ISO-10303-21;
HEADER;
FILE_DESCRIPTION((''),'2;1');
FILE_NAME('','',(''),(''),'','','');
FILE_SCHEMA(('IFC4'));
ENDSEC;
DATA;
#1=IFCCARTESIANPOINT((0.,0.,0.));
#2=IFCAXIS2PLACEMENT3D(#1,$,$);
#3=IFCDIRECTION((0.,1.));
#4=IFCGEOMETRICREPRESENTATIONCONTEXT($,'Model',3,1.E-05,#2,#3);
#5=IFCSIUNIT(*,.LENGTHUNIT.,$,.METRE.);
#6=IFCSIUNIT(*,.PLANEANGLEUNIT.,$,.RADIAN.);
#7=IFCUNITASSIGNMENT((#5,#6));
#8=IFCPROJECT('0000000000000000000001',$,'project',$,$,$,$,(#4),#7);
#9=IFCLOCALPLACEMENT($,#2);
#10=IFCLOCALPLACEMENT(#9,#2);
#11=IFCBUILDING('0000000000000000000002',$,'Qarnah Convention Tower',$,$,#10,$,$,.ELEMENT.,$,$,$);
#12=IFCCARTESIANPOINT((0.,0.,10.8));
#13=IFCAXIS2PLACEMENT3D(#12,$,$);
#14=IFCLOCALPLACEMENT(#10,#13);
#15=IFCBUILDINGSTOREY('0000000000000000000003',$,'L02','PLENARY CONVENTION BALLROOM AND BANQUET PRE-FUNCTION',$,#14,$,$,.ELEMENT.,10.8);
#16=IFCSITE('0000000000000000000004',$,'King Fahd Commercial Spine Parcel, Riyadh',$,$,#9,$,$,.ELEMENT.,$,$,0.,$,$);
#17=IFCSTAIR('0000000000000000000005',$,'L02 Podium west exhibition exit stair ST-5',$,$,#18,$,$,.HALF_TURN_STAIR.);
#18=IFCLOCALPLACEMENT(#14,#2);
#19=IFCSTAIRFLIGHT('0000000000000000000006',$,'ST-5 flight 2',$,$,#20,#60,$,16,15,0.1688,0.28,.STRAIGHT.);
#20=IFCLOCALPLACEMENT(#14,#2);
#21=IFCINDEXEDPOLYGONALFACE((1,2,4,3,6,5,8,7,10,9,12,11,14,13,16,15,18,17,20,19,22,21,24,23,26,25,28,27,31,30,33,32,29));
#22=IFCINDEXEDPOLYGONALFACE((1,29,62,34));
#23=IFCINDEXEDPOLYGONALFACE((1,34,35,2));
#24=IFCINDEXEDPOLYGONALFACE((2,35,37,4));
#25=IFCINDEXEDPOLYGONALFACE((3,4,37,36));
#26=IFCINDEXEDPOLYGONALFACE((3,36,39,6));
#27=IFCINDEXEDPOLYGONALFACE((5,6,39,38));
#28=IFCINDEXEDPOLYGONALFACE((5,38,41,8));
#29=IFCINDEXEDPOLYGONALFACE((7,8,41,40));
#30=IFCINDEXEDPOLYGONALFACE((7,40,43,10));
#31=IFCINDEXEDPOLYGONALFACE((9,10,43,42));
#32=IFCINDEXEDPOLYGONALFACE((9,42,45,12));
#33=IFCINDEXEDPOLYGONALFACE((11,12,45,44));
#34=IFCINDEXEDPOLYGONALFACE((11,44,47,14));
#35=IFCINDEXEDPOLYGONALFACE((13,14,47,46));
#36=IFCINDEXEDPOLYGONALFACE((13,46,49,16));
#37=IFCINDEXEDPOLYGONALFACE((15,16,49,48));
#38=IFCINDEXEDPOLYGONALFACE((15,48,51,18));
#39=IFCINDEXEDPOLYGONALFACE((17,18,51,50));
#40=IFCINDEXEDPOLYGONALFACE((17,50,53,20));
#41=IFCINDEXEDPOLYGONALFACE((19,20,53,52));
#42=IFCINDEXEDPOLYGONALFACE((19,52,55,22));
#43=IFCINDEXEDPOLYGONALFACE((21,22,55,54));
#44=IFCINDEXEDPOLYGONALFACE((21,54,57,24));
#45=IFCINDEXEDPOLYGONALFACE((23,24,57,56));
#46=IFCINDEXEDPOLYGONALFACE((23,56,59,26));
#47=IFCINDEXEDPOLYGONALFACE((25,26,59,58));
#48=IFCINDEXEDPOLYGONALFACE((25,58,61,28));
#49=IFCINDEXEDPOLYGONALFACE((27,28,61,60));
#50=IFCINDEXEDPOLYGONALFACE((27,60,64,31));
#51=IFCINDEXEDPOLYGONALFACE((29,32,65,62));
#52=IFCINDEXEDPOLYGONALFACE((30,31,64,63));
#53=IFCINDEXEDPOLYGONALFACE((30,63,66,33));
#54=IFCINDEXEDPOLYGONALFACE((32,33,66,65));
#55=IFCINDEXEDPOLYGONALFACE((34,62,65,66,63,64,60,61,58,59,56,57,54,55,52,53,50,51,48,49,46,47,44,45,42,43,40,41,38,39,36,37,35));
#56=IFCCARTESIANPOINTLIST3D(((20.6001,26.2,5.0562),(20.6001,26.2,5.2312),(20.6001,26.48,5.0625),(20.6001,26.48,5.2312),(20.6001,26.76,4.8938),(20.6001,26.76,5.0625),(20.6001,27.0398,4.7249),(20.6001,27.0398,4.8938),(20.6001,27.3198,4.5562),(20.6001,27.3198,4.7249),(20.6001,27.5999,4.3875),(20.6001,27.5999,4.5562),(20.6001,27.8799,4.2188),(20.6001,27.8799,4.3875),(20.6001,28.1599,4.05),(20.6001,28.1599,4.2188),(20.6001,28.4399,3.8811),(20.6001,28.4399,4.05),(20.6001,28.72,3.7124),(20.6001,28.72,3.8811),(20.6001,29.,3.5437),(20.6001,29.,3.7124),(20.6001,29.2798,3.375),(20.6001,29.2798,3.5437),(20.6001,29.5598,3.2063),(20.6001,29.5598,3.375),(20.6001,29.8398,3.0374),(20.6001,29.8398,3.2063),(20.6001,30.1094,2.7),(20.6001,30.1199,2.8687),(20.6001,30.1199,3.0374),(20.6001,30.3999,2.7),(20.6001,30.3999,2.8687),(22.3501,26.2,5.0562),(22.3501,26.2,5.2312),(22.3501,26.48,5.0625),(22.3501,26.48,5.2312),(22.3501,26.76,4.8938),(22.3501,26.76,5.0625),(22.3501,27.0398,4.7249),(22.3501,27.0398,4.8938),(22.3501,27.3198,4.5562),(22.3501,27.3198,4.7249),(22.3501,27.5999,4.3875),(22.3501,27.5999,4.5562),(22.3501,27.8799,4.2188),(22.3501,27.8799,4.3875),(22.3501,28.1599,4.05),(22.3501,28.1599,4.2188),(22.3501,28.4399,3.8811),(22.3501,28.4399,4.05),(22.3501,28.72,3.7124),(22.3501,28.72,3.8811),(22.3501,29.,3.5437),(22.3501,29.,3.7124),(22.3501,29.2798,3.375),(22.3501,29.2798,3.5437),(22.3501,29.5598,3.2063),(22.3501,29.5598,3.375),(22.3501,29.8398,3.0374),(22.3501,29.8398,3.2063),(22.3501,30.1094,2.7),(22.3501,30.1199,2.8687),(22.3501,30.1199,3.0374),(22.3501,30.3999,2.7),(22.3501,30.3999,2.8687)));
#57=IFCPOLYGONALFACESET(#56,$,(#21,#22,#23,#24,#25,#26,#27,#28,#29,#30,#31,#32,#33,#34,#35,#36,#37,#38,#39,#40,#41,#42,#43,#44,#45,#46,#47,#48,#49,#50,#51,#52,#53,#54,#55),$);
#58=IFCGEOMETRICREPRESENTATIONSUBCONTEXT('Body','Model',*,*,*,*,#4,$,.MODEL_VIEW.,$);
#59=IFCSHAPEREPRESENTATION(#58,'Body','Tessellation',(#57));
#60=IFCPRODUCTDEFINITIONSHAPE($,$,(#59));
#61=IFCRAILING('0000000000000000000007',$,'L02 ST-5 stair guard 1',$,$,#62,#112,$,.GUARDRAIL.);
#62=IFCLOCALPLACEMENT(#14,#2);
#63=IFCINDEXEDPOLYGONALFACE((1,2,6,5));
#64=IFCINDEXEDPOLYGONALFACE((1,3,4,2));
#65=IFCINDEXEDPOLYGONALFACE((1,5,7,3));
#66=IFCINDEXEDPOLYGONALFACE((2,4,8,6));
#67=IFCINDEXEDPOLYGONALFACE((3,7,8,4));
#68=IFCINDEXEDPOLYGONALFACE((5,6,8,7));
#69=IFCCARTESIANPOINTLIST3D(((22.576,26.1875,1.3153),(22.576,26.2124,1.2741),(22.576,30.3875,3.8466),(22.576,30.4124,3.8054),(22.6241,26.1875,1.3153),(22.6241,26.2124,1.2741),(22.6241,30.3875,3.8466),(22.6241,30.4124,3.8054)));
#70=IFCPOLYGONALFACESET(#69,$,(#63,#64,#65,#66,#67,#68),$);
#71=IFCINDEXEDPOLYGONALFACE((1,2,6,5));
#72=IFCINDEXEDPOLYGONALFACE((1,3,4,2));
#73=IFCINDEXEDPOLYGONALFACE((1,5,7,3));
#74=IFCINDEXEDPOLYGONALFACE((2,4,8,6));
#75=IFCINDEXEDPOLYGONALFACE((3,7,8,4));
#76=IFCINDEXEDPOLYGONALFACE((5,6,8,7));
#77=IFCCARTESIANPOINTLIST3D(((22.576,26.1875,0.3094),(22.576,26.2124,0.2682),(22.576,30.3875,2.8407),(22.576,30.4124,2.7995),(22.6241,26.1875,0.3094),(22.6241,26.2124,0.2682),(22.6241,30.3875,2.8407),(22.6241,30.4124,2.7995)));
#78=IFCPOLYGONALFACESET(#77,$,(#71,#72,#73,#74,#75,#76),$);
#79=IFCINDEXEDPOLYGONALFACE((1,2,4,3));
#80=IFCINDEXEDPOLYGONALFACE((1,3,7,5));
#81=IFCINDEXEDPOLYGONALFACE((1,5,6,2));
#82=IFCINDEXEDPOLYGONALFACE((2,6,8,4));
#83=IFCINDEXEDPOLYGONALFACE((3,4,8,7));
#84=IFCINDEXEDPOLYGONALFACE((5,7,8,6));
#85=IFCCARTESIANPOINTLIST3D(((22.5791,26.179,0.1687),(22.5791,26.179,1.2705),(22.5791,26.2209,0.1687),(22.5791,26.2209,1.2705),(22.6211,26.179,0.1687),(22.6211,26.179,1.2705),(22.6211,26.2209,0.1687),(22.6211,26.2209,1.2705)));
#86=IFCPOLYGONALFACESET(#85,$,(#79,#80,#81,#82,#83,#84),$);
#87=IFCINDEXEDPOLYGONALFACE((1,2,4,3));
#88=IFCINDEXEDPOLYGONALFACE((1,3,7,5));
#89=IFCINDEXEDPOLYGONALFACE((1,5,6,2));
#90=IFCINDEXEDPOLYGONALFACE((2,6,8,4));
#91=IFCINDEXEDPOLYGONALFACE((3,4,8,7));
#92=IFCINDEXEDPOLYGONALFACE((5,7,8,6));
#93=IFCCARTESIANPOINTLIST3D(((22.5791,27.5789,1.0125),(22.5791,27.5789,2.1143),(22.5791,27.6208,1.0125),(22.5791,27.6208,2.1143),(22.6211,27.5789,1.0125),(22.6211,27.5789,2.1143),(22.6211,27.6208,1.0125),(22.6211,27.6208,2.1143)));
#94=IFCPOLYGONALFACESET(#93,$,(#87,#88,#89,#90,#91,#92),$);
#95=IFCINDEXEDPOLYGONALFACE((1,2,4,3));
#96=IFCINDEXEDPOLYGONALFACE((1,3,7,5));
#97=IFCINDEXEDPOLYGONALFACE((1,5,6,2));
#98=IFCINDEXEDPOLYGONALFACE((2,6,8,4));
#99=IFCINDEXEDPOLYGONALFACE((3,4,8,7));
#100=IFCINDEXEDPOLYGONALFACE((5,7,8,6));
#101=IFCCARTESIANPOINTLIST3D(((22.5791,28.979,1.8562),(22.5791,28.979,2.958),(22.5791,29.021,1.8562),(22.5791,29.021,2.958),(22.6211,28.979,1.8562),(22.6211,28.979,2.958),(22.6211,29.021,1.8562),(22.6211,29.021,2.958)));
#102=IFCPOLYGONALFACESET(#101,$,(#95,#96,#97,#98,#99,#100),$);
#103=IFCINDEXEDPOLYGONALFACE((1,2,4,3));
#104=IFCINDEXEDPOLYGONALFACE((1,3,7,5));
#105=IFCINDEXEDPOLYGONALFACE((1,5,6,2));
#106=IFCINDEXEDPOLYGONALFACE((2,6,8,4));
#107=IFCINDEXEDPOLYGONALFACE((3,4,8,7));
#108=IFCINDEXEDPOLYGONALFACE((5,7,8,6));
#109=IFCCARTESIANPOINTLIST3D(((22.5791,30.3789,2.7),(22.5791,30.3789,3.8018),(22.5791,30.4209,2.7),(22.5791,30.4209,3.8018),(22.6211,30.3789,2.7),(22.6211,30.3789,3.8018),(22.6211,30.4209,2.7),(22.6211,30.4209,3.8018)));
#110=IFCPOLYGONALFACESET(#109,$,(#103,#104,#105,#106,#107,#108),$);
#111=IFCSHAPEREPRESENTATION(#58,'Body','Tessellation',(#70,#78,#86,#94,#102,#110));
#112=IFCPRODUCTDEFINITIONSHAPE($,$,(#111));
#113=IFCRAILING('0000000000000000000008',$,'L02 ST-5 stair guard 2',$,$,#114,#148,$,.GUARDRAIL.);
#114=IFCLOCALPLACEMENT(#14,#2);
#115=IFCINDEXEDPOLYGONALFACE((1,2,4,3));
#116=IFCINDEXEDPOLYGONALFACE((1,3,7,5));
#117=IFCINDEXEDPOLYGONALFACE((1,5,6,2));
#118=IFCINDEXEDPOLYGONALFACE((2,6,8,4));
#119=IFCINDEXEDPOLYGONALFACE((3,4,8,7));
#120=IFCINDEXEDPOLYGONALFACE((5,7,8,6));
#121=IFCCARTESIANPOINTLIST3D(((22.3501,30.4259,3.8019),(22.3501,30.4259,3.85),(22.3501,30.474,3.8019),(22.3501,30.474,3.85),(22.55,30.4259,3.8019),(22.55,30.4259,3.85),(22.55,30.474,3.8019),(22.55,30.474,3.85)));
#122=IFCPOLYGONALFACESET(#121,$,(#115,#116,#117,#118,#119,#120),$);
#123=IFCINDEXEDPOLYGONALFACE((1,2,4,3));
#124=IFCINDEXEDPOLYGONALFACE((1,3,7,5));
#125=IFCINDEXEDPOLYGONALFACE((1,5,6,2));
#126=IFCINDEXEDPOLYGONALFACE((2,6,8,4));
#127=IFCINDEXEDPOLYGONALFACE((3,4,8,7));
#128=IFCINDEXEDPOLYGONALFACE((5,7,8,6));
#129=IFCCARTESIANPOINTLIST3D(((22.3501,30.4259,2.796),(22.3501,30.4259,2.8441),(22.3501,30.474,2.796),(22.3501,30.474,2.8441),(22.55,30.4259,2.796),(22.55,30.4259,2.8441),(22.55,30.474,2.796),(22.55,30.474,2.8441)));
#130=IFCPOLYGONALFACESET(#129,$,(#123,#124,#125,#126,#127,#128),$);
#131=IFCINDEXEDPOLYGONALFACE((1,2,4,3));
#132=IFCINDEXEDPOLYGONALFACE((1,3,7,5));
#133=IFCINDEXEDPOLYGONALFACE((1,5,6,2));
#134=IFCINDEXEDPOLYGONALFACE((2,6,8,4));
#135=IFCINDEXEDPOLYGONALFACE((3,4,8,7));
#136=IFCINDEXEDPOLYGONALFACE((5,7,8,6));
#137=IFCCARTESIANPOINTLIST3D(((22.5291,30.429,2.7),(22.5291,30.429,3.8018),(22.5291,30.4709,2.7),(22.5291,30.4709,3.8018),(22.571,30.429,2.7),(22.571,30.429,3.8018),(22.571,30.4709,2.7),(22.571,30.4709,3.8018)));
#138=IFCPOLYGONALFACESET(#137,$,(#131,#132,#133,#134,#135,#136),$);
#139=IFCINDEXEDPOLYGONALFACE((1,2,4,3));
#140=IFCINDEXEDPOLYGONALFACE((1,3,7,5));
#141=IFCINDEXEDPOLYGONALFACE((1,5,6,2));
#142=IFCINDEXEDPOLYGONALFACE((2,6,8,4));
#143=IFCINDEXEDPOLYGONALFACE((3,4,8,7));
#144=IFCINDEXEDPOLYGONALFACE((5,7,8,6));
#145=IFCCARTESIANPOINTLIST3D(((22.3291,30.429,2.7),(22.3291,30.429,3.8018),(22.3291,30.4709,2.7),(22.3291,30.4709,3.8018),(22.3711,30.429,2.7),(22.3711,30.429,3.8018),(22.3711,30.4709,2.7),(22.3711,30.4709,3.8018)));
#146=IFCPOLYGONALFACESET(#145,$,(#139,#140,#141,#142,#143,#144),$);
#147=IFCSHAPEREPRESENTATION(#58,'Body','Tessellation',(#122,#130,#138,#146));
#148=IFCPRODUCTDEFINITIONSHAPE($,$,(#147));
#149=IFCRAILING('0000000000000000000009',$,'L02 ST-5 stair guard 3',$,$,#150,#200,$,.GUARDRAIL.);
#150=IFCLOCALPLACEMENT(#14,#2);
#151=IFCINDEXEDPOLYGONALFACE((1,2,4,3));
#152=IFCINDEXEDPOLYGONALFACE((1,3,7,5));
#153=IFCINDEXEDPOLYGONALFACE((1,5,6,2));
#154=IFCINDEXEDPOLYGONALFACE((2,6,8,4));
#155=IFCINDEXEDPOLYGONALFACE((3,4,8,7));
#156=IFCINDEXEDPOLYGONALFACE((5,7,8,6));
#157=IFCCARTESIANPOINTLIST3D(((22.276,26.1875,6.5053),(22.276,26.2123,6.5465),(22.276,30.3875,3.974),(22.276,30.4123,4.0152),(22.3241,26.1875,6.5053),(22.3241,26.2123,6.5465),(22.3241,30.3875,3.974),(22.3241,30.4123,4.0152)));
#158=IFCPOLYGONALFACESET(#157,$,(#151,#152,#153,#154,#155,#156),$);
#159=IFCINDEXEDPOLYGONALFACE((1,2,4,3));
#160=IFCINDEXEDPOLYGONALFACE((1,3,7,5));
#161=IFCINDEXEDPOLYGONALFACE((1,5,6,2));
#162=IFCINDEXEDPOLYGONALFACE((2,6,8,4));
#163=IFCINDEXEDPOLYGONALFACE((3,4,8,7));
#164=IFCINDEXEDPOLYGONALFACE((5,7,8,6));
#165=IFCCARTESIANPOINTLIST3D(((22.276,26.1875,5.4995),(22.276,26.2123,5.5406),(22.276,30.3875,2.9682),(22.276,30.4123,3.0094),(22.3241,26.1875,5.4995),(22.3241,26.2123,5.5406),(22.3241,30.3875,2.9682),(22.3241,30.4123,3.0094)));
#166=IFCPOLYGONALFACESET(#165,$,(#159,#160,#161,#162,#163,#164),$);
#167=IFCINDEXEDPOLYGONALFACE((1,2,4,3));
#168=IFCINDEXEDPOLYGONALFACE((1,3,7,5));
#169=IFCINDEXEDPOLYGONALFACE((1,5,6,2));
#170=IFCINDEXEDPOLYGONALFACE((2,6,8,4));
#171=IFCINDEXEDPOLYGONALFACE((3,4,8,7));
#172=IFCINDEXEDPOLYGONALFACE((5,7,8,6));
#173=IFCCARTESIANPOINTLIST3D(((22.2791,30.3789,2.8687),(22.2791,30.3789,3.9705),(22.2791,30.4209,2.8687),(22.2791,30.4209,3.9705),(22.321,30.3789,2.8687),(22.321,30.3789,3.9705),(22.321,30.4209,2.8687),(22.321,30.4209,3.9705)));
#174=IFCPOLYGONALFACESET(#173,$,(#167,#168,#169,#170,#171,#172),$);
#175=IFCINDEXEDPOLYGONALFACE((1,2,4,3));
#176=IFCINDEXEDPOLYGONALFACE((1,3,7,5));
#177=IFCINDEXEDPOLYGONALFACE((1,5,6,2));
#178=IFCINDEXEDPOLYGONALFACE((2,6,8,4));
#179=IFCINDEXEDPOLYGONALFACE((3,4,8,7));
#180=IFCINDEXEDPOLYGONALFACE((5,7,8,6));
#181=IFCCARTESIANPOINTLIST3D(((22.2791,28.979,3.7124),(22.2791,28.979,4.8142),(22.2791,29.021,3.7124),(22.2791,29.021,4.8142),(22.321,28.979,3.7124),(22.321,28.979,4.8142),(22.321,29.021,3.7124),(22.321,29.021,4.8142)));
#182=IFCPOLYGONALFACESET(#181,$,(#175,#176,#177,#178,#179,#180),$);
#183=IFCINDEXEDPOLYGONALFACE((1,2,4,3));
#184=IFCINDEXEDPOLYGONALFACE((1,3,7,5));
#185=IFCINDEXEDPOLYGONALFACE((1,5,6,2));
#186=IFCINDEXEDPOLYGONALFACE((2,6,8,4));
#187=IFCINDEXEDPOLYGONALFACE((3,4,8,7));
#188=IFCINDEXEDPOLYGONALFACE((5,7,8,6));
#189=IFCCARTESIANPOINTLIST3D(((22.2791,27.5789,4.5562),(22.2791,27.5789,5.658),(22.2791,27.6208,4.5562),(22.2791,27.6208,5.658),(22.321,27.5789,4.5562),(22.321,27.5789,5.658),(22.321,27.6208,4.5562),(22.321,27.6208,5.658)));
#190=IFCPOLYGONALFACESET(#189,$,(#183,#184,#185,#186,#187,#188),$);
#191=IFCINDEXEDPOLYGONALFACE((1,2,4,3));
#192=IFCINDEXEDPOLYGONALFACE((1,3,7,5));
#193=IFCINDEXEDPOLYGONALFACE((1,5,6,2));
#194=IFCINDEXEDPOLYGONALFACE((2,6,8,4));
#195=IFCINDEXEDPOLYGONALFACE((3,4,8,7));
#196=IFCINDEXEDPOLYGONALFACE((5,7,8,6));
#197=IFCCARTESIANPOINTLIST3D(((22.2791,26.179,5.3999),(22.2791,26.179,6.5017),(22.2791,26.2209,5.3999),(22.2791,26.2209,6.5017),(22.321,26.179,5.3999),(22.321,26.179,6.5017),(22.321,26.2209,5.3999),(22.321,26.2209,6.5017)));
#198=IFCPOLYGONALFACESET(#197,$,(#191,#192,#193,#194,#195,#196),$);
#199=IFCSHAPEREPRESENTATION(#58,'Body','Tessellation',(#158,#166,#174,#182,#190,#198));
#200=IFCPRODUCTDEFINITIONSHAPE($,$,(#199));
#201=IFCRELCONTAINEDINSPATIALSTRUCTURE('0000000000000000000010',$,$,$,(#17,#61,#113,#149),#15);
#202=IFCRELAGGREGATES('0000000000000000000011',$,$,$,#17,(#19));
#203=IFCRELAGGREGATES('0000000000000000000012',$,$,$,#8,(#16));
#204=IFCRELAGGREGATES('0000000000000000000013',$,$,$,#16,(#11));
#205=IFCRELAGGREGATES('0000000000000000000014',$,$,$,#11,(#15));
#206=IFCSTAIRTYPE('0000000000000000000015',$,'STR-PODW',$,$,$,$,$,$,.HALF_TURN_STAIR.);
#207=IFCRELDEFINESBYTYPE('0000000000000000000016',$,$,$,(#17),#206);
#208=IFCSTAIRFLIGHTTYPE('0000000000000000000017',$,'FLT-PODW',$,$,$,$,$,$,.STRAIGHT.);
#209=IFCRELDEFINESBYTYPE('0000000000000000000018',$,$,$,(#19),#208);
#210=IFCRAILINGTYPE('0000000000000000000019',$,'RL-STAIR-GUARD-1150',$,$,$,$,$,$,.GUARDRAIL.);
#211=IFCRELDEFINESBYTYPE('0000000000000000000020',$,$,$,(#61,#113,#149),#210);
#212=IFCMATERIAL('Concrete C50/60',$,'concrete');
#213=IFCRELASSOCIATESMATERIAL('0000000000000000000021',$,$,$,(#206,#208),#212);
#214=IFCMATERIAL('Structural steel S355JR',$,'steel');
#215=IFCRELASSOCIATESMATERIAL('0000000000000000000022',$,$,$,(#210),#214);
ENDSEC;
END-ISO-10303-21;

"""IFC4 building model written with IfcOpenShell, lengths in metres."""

from ifc_helpers import new_model, si_unit, direction, frame, origin, origin_2d, place, context, subcontext, project, spatial, polyline, rectangle, outline, extrude, material, type_object, element, aggregate, save


model = new_model("IFC4")

# Units and contexts
model_context = context("Model", 3, precision=1e-05, world=origin(), true_north=direction((0.0, 1.0)))
body_context = subcontext(model_context, "Body", "Model", "MODEL_VIEW")
ifc_project = project(units=[si_unit("LENGTHUNIT", "METRE"), si_unit("PLANEANGLEUNIT", "RADIAN")], contexts=[model_context])

# Site, building, storey
site_placement = place(None, origin())
site = spatial("IfcSite", under=ifc_project, at=site_placement, Name="King Fahd Commercial Spine Parcel, Riyadh", CompositionType="ELEMENT", RefElevation=0.0)
building_placement = place(site_placement, origin())
building = spatial("IfcBuilding", under=site, at=building_placement, Name="Qarnah Convention Tower", CompositionType="ELEMENT")
storey_placement = place(building_placement, frame((0.0, 0.0, 10.8)))
storey = spatial("IfcBuildingStorey", under=building, at=storey_placement, Name="L02", Description="PLENARY CONVENTION BALLROOM AND BANQUET PRE-FUNCTION", CompositionType="ELEMENT", Elevation=10.8)

# Shared definitions
ifc_material_1 = material(Name="Structural steel S355JR", Category="steel")

# Stair, stair flight
ifc_material_2 = material(Name="Concrete C50/60", Category="concrete")
stair_type = type_object("IfcStairType", Name="STR-PODW", PredefinedType="HALF_TURN_STAIR", material=ifc_material_2)
stair_placement = place(storey_placement, origin())
stair = element("IfcStair", 1, at=stair_placement, inside=storey, type_object=stair_type, Name="L02 Podium west exhibition exit stair ST-5", PredefinedType="HALF_TURN_STAIR")
stair_flight_type = type_object("IfcStairFlightType", Name="FLT-PODW", PredefinedType="STRAIGHT", material=ifc_material_2)
stair_flight_1_placement = place(storey_placement, frame((21.4751, 30.3999, 2.7), z_axis=(0.0, 0.0, 1.0), x_axis=(0.0, -1.0, 0.0)))
stair_flight_1 = element("IfcStairFlight", 2, at=stair_flight_1_placement, type_object=stair_flight_type, Name="ST-5 flight 2", NumberOfRisers=16, NumberOfTreads=15, PredefinedType="STRAIGHT", RiserHeight=0.1688, TreadLength=0.28, context=body_context, shape_type="SweptSolid", body=[
    extrude(outline(polyline([(0.0, 0.0), (0.0, 0.1687), (0.28, 0.1687), (0.28, 0.3374), (0.5601, 0.3374), (0.5601, 0.5063), (0.8401, 0.5063), (0.8401, 0.675), (1.1201, 0.675), (1.1201, 0.8438), (1.3999, 0.8438), (1.3999, 1.0125), (1.6799, 1.0125), (1.6799, 1.1812), (1.96, 1.1812), (1.96, 1.3501), (2.24, 1.3501), (2.24, 1.5188), (2.52, 1.5188), (2.52, 1.6875), (2.8, 1.6875), (2.8, 1.8562), (3.0801, 1.8562), (3.0801, 2.0249), (3.3601, 2.0249), (3.3601, 2.1938), (3.6399, 2.1938), (3.6399, 2.3625), (3.9199, 2.3625), (3.9199, 2.5312), (4.2, 2.5312), (4.2, 2.7), (4.2, 2.3562), (0.2905, 0.0), (0.0, 0.0)])), frame((0.0, 0.875, 0.0), z_axis=(0.0, -1.0, 0.0), x_axis=(1.0, 0.0, 0.0)), (0.0, 0.0, 1.0), 1.75),
])
aggregate(stair, [stair_flight_1])

# Railings
railing_type_1 = type_object("IfcRailingType", Name="RL-STAIR-GUARD-1150", PredefinedType="GUARDRAIL", material=ifc_material_1)
railing_1_placement = place(storey_placement, frame((22.6001, 26.2, 0.1687)))
element("IfcRailing", 3, at=railing_1_placement, inside=storey, type_object=railing_type_1, Name="L02 ST-5 stair guard 1", PredefinedType="GUARDRAIL", context=body_context, shape_type="SweptSolid", body=[
    extrude(rectangle(XDim=0.0481, YDim=0.0481, at=origin_2d()), frame((0.0, 0.0, 1.126), z_axis=(0.0, 0.856476, 0.516186), x_axis=(-1.0, 0.0, 0.0)), (0.0, 0.0, 1.0), 4.9038),
    extrude(rectangle(XDim=0.0481, YDim=0.0481, at=origin_2d()), frame((0.0, 0.0, 0.1201), z_axis=(0.0, 0.856476, 0.516186), x_axis=(-1.0, 0.0, 0.0)), (0.0, 0.0, 1.0), 4.9038),
    extrude(rectangle(XDim=0.042, YDim=0.042, at=origin_2d()), origin(), (0.0, 0.0, 1.0), 1.1018),
    extrude(rectangle(XDim=0.042, YDim=0.042, at=origin_2d()), frame((0.0, 1.3999, 0.8438)), (0.0, 0.0, 1.0), 1.1018),
    extrude(rectangle(XDim=0.042, YDim=0.042, at=origin_2d()), frame((0.0, 2.8, 1.6875)), (0.0, 0.0, 1.0), 1.1018),
    extrude(rectangle(XDim=0.042, YDim=0.042, at=origin_2d()), frame((0.0, 4.2, 2.5312)), (0.0, 0.0, 1.0), 1.1018),
])
railing_2_placement = place(storey_placement, frame((22.55, 30.45, 2.7)))
element("IfcRailing", 4, at=railing_2_placement, inside=storey, type_object=railing_type_1, Name="L02 ST-5 stair guard 2", PredefinedType="GUARDRAIL", context=body_context, shape_type="SweptSolid", body=[
    extrude(rectangle(XDim=0.0481, YDim=0.0481, at=origin_2d()), frame((0.0, 0.0, 1.126), z_axis=(-1.0, 0.0, 0.0), x_axis=(0.0, -1.0, 0.0)), (0.0, 0.0, 1.0), 0.2),
    extrude(rectangle(XDim=0.0481, YDim=0.0481, at=origin_2d()), frame((0.0, 0.0, 0.1201), z_axis=(-1.0, 0.0, 0.0), x_axis=(0.0, -1.0, 0.0)), (0.0, 0.0, 1.0), 0.2),
    extrude(rectangle(XDim=0.042, YDim=0.042, at=origin_2d()), origin(), (0.0, 0.0, 1.0), 1.1018),
    extrude(rectangle(XDim=0.042, YDim=0.042, at=origin_2d()), frame((-0.2, 0.0, 0.0)), (0.0, 0.0, 1.0), 1.1018),
])
railing_3_placement = place(storey_placement, frame((22.3, 30.3999, 2.8687)))
element("IfcRailing", 5, at=railing_3_placement, inside=storey, type_object=railing_type_1, Name="L02 ST-5 stair guard 3", PredefinedType="GUARDRAIL", context=body_context, shape_type="SweptSolid", body=[
    extrude(rectangle(XDim=0.0481, YDim=0.0481, at=origin_2d()), frame((0.0, 0.0, 1.126), z_axis=(0.0, -0.856476, 0.516186), x_axis=(1.0, 0.0, 0.0)), (0.0, 0.0, 1.0), 4.9038),
    extrude(rectangle(XDim=0.0481, YDim=0.0481, at=origin_2d()), frame((0.0, 0.0, 0.1201), z_axis=(0.0, -0.856476, 0.516186), x_axis=(1.0, 0.0, 0.0)), (0.0, 0.0, 1.0), 4.9038),
    extrude(rectangle(XDim=0.042, YDim=0.042, at=origin_2d()), origin(), (0.0, 0.0, 1.0), 1.1018),
    extrude(rectangle(XDim=0.042, YDim=0.042, at=origin_2d()), frame((0.0, -1.3999, 0.8438)), (0.0, 0.0, 1.0), 1.1018),
    extrude(rectangle(XDim=0.042, YDim=0.042, at=origin_2d()), frame((0.0, -2.8, 1.6875)), (0.0, 0.0, 1.0), 1.1018),
    extrude(rectangle(XDim=0.042, YDim=0.042, at=origin_2d()), frame((0.0, -4.2, 2.5312)), (0.0, 0.0, 1.0), 1.1018),
])

save(model, "model.ifc")
